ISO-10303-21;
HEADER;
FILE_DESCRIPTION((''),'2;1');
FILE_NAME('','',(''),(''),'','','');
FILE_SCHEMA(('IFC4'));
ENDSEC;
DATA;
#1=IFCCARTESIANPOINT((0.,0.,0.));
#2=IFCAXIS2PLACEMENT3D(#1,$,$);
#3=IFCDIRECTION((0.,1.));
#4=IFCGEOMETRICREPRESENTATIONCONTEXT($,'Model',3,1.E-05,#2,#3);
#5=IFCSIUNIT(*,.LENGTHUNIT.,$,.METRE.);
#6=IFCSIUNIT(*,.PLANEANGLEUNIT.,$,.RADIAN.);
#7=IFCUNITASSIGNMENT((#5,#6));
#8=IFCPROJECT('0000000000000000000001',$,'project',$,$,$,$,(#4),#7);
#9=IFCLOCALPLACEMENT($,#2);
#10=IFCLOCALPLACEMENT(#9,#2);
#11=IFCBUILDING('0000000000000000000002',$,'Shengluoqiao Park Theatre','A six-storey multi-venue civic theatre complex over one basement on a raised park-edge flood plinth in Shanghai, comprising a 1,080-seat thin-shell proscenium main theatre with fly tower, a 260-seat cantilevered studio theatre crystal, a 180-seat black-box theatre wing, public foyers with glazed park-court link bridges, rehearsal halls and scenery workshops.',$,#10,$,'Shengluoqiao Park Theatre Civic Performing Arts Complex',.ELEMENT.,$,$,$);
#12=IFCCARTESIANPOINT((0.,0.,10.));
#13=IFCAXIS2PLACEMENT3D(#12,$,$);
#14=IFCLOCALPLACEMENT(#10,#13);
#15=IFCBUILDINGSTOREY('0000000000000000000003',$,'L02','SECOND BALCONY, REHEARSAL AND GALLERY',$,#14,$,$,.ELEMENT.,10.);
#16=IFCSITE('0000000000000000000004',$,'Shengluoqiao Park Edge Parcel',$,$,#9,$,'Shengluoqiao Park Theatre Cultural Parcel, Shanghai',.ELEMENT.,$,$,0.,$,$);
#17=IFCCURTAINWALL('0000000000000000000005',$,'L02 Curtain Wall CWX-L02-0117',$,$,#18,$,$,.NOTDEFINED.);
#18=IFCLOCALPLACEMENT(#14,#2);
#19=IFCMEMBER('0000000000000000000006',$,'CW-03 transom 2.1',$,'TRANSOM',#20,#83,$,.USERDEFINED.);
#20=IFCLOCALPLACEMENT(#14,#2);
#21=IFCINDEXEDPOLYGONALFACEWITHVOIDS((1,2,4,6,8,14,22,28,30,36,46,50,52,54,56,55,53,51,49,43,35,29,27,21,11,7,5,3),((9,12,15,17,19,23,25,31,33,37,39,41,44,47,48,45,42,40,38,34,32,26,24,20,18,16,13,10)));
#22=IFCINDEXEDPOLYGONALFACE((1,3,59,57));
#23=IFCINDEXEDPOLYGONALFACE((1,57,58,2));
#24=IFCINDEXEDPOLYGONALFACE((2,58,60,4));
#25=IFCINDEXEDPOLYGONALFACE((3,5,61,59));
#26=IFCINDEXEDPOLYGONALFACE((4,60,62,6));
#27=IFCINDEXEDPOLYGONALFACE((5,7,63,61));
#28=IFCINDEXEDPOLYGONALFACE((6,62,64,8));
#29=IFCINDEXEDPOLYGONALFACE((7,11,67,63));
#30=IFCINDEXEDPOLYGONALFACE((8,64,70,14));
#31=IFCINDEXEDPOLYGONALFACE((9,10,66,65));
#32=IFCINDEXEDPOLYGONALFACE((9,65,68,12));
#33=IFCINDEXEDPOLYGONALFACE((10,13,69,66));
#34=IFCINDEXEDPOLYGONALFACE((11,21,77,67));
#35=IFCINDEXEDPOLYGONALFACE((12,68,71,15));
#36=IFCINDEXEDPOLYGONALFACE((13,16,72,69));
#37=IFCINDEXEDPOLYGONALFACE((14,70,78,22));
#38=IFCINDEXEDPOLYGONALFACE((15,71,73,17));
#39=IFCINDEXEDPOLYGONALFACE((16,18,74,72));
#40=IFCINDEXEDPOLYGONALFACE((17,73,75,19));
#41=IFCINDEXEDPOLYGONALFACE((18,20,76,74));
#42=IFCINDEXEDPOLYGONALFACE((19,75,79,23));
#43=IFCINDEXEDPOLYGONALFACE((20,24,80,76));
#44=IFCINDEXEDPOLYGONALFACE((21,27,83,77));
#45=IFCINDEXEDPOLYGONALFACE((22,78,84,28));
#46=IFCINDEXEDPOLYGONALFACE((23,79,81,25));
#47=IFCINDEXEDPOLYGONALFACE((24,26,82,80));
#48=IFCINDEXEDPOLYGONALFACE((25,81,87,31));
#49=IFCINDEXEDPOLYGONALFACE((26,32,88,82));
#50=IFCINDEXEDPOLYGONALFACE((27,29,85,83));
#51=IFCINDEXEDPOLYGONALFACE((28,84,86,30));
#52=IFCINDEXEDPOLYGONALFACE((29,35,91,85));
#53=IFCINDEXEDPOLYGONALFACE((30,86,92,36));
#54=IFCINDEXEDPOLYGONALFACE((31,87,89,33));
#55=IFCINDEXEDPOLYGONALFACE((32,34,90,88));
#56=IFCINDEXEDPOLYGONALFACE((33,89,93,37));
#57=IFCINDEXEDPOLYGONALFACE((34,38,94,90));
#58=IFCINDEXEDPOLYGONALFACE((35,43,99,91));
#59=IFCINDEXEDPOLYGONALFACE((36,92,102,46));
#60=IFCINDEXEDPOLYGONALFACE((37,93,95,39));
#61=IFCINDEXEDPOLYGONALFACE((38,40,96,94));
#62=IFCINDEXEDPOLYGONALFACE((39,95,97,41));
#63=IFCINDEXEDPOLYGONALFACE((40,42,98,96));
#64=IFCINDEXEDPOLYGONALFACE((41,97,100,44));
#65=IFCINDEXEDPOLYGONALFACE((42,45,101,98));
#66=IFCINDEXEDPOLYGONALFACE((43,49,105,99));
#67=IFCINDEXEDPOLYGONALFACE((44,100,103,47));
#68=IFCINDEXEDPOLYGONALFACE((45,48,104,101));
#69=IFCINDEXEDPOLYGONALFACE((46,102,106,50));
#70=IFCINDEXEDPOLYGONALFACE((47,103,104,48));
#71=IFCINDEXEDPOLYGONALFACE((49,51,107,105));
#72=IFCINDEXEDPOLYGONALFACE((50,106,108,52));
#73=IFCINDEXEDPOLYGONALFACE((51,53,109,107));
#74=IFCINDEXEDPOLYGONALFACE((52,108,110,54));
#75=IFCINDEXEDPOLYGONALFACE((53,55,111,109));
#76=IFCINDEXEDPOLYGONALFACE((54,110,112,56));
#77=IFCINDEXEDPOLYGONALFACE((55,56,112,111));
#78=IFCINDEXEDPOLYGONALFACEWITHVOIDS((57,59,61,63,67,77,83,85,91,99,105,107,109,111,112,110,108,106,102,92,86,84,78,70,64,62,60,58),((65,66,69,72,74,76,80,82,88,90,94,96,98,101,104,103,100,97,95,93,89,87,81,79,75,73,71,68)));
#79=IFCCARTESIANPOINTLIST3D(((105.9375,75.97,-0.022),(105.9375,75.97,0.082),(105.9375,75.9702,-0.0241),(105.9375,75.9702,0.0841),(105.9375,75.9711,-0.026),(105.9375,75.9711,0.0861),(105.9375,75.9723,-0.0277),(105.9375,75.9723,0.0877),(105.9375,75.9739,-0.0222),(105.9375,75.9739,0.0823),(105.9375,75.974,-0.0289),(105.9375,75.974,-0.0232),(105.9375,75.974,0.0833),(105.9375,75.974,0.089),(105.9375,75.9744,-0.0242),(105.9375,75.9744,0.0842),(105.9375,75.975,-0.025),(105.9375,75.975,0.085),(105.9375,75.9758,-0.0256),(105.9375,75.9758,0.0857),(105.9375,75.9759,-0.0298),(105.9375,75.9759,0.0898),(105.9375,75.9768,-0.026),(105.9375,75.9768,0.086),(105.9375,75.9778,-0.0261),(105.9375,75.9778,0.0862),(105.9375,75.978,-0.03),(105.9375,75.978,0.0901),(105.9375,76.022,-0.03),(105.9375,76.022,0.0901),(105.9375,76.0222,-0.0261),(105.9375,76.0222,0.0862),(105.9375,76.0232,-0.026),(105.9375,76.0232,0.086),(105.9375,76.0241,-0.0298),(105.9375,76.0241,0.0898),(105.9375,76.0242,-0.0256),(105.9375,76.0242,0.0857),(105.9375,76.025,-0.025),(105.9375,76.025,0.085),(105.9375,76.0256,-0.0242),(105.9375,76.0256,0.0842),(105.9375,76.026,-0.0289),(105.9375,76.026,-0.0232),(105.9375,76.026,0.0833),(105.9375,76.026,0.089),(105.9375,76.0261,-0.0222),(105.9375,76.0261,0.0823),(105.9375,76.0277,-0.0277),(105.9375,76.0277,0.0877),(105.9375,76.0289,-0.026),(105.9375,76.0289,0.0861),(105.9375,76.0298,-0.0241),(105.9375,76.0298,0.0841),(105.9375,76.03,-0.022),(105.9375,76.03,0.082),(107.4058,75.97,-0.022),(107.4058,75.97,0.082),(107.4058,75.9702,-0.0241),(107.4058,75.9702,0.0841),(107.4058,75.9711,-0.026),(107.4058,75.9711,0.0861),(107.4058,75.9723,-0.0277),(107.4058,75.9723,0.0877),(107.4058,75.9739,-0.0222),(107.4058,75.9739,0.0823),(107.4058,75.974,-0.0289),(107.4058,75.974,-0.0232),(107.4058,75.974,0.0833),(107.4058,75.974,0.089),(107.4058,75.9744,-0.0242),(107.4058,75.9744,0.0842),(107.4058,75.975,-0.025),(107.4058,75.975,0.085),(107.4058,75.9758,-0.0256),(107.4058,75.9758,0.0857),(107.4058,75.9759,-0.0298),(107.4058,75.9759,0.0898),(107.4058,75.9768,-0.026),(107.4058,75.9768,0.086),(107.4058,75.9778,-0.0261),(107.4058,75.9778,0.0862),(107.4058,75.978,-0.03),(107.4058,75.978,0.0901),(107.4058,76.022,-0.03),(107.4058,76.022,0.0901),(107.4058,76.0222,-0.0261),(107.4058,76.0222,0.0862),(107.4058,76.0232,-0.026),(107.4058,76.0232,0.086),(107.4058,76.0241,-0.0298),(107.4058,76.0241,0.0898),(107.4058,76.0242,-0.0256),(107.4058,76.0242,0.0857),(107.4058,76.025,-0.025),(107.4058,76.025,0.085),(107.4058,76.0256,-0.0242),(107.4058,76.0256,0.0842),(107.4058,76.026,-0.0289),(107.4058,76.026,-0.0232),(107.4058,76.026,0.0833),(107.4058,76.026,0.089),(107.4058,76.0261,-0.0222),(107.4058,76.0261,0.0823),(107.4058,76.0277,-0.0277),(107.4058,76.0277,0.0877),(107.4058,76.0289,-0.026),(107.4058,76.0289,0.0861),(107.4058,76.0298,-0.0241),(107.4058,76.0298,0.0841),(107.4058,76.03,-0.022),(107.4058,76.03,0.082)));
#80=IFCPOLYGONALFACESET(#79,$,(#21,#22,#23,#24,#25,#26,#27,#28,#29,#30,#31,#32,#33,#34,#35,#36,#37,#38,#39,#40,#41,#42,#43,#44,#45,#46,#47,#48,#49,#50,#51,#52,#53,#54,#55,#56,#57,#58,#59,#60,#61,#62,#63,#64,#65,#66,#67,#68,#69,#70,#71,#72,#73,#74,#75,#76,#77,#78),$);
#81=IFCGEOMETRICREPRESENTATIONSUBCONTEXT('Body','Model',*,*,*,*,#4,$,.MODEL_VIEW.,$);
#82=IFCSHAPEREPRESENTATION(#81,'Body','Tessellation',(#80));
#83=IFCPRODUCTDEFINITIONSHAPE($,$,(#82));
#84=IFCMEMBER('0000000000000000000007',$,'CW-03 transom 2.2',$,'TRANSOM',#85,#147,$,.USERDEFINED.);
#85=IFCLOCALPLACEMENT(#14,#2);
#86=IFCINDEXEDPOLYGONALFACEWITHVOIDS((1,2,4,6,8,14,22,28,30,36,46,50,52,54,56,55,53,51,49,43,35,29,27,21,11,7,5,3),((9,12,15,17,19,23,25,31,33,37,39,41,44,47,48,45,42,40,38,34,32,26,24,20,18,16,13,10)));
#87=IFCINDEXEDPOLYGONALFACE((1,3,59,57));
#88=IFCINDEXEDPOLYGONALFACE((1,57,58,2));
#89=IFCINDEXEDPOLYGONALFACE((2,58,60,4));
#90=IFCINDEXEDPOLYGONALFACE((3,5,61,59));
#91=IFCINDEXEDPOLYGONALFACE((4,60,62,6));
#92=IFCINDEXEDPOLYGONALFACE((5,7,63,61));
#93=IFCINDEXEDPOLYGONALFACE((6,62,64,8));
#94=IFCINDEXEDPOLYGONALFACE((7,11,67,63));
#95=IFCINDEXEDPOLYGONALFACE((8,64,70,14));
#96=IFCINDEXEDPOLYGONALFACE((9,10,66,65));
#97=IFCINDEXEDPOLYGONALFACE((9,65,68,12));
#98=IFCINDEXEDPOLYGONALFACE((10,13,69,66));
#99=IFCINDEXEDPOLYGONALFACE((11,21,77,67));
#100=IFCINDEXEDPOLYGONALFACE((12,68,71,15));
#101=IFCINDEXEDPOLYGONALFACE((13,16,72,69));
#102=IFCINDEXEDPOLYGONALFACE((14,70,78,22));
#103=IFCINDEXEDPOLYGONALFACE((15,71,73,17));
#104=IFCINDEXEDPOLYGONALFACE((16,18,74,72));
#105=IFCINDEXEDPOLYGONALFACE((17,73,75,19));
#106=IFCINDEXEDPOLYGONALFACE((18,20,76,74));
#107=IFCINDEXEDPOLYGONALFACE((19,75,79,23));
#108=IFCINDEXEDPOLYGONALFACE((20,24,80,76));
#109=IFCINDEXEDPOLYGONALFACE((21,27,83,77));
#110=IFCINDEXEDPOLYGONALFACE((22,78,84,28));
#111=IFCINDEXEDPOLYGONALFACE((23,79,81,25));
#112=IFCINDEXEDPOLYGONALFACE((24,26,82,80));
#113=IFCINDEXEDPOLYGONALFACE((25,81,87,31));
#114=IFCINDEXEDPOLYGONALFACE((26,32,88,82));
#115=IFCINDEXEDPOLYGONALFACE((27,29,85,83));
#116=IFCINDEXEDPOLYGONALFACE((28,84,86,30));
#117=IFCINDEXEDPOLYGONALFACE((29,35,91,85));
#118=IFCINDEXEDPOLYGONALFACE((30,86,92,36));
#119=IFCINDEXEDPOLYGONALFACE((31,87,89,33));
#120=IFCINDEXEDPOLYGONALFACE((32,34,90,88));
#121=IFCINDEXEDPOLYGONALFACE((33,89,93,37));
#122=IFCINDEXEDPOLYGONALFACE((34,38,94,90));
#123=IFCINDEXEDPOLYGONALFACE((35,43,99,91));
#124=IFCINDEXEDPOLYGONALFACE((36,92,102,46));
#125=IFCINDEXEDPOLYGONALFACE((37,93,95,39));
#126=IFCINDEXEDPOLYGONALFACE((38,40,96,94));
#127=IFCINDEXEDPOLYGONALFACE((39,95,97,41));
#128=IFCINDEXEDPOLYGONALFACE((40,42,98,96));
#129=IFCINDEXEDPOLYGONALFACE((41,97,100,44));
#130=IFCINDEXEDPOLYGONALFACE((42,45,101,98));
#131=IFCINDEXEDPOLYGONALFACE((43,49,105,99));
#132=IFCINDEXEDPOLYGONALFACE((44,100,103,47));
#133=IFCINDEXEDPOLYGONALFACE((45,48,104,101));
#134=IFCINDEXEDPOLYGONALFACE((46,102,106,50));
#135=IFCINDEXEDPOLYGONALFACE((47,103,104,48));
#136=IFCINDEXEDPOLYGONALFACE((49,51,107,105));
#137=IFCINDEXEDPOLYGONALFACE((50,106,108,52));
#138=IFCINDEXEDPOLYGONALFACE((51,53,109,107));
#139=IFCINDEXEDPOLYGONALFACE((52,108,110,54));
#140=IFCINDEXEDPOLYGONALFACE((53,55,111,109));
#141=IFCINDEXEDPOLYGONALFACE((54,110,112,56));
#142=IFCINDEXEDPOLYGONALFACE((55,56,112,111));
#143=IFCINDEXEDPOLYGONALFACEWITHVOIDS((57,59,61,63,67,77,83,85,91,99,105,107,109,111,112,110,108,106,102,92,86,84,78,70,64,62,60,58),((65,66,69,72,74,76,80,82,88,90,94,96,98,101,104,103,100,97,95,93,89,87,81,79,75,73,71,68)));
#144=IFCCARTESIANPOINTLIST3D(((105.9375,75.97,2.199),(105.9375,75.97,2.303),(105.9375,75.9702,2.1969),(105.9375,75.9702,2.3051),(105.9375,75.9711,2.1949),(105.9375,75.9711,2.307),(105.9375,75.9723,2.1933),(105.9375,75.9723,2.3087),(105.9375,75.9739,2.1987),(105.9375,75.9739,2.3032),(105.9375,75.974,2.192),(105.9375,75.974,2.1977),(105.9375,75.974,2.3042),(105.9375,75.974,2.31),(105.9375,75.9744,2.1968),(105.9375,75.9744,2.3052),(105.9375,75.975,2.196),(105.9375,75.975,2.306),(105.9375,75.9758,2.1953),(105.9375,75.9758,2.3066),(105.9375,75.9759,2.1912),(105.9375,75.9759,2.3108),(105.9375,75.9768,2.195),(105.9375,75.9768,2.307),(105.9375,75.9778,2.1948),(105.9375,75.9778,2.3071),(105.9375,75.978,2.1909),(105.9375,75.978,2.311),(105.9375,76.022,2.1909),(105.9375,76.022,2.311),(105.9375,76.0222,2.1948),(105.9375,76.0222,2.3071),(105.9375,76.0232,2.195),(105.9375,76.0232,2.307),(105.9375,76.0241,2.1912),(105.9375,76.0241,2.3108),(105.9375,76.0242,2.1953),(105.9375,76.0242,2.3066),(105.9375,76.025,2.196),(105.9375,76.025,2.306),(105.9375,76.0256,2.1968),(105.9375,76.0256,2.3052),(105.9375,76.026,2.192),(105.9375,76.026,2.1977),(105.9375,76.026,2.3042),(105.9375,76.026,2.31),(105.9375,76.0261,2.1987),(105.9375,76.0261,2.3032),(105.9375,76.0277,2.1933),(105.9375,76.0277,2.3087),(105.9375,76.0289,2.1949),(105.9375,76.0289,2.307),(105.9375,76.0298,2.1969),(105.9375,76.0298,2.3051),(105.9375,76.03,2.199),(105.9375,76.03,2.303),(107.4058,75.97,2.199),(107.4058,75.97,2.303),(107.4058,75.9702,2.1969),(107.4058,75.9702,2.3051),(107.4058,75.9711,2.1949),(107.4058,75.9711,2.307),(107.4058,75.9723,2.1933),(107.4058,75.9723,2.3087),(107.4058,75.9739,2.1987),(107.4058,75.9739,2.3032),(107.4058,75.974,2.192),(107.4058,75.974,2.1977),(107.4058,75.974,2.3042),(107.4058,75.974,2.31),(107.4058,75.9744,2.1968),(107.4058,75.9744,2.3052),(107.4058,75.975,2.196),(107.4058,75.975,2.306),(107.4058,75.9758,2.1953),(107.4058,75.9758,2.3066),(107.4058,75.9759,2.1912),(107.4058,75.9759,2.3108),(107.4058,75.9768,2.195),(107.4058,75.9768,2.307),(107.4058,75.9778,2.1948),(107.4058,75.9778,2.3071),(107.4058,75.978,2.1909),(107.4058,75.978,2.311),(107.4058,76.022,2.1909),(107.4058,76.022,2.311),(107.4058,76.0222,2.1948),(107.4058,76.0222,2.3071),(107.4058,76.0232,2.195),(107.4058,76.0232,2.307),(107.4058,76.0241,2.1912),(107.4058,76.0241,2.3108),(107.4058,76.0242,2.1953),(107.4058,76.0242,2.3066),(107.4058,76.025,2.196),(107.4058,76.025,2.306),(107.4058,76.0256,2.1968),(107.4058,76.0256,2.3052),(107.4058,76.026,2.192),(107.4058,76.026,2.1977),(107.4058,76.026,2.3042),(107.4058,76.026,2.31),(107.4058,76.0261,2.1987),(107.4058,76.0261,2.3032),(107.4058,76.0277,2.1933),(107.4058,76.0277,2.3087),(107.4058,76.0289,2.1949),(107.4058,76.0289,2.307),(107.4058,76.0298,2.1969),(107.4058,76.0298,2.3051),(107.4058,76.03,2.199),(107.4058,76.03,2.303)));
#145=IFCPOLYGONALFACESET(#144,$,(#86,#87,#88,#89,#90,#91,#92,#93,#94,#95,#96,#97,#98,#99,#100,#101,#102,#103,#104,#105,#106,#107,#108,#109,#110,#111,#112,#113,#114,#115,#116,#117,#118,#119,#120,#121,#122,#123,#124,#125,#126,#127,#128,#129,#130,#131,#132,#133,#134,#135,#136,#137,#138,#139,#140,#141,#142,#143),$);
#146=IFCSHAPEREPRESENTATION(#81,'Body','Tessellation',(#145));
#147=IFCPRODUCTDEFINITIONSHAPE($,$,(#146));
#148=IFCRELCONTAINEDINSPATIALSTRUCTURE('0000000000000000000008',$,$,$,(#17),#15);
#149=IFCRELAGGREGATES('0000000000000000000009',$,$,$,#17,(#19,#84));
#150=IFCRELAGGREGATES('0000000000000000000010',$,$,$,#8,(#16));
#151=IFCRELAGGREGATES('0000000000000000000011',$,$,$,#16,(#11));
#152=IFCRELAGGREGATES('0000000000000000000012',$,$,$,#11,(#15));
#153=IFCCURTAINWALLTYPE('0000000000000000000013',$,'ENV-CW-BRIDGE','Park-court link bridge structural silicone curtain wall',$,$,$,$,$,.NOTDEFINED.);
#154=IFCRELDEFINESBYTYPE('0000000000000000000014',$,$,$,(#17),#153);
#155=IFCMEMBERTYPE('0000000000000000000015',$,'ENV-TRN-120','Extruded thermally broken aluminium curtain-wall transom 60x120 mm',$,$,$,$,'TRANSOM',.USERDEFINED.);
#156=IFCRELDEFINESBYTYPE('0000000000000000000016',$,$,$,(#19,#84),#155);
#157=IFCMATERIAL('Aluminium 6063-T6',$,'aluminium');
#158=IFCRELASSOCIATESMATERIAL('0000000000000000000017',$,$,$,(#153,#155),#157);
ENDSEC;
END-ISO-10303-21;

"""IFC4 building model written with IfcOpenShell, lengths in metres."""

from ifc_helpers import new_model, si_unit, direction, frame, origin, origin_2d, place, context, subcontext, project, spatial, hollow_rectangle, extrude, material, material_profile, profile_set, type_object, element, aggregate, save


model = new_model("IFC4")

# Units and contexts
model_context = context("Model", 3, precision=1e-05, world=origin(), true_north=direction((0.0, 1.0)))
body_context = subcontext(model_context, "Body", "Model", "MODEL_VIEW")
ifc_project = project(units=[si_unit("LENGTHUNIT", "METRE"), si_unit("PLANEANGLEUNIT", "RADIAN")], contexts=[model_context])

# Site, building, storey
site_placement = place(None, origin())
site = spatial("IfcSite", under=ifc_project, at=site_placement, Name="Shengluoqiao Park Edge Parcel", LongName="Shengluoqiao Park Theatre Cultural Parcel, Shanghai", CompositionType="ELEMENT", RefElevation=0.0)
building_placement = place(site_placement, origin())
building = spatial("IfcBuilding", under=site, at=building_placement, Name="Shengluoqiao Park Theatre", Description="A six-storey multi-venue civic theatre complex over one basement on a raised park-edge flood plinth in Shanghai, comprising a 1,080-seat thin-shell proscenium main theatre with fly tower, a 260-seat cantilevered studio theatre crystal, a 180-seat black-box theatre wing, public foyers with glazed park-court link bridges, rehearsal halls and scenery workshops.", LongName="Shengluoqiao Park Theatre Civic Performing Arts Complex", CompositionType="ELEMENT")
storey_placement = place(building_placement, frame((0.0, 0.0, 10.0)))
storey = spatial("IfcBuildingStorey", under=building, at=storey_placement, Name="L02", Description="SECOND BALCONY, REHEARSAL AND GALLERY", CompositionType="ELEMENT", Elevation=10.0)

# Shared definitions
ifc_material_1 = material(Name="Aluminium 6063-T6", Category="aluminium")
curtain_wall_type = type_object("IfcCurtainWallType", Name="ENV-CW-BRIDGE", Description="Park-court link bridge structural silicone curtain wall", PredefinedType="NOTDEFINED", material=ifc_material_1)

# Curtain wall, members
curtain_wall_1_placement = place(storey_placement, origin())
curtain_wall_1 = element("IfcCurtainWall", 1, at=curtain_wall_1_placement, inside=storey, type_object=curtain_wall_type, Name="L02 Curtain Wall CWX-L02-0117", PredefinedType="NOTDEFINED")
ifc_material_profile_1 = material_profile(ifc_material_1, hollow_rectangle(XDim=0.0601, YDim=0.1201, WallThickness=0.0039, InnerFilletRadius=0.0039, OuterFilletRadius=0.0081, at=origin_2d()), Name="ALU TRANSOM 120x60x4")
ifc_profile_set_1 = profile_set([ifc_material_profile_1], Name="Aluminium 6063-T6")
member_type_1 = type_object("IfcMemberType", Name="ENV-TRN-120", Description="Extruded thermally broken aluminium curtain-wall transom 60x120 mm", ElementType="TRANSOM", PredefinedType="USERDEFINED", material=ifc_profile_set_1)
member_1_placement = place(storey_placement, frame((105.9375, 76.0, 0.03), z_axis=(1.0, 0.0, 0.0), x_axis=(0.0, 1.0, 0.0)))
member_1 = element("IfcMember", 2, at=member_1_placement, type_object=member_type_1, Name="CW-03 transom 2.1", ObjectType="TRANSOM", PredefinedType="USERDEFINED", context=body_context, shape_type="SweptSolid", body=[
    extrude(hollow_rectangle(XDim=0.0601, YDim=0.1201, WallThickness=0.0039, InnerFilletRadius=0.0039, OuterFilletRadius=0.0081, at=origin_2d()), origin(), (0.0, 0.0, 1.0), 1.4683),
])
member_2_placement = place(storey_placement, frame((105.9375, 76.0, 2.251), z_axis=(1.0, 0.0, 0.0), x_axis=(0.0, 1.0, 0.0)))
member_2 = element("IfcMember", 3, at=member_2_placement, type_object=member_type_1, Name="CW-03 transom 2.2", ObjectType="TRANSOM", PredefinedType="USERDEFINED", context=body_context, shape_type="SweptSolid", body=[
    extrude(hollow_rectangle(XDim=0.0601, YDim=0.1201, WallThickness=0.0039, InnerFilletRadius=0.0039, OuterFilletRadius=0.0081, at=origin_2d()), origin(), (0.0, 0.0, 1.0), 1.4683),
])

aggregate(curtain_wall_1, [member_1, member_2])

save(model, "model.ifc")
